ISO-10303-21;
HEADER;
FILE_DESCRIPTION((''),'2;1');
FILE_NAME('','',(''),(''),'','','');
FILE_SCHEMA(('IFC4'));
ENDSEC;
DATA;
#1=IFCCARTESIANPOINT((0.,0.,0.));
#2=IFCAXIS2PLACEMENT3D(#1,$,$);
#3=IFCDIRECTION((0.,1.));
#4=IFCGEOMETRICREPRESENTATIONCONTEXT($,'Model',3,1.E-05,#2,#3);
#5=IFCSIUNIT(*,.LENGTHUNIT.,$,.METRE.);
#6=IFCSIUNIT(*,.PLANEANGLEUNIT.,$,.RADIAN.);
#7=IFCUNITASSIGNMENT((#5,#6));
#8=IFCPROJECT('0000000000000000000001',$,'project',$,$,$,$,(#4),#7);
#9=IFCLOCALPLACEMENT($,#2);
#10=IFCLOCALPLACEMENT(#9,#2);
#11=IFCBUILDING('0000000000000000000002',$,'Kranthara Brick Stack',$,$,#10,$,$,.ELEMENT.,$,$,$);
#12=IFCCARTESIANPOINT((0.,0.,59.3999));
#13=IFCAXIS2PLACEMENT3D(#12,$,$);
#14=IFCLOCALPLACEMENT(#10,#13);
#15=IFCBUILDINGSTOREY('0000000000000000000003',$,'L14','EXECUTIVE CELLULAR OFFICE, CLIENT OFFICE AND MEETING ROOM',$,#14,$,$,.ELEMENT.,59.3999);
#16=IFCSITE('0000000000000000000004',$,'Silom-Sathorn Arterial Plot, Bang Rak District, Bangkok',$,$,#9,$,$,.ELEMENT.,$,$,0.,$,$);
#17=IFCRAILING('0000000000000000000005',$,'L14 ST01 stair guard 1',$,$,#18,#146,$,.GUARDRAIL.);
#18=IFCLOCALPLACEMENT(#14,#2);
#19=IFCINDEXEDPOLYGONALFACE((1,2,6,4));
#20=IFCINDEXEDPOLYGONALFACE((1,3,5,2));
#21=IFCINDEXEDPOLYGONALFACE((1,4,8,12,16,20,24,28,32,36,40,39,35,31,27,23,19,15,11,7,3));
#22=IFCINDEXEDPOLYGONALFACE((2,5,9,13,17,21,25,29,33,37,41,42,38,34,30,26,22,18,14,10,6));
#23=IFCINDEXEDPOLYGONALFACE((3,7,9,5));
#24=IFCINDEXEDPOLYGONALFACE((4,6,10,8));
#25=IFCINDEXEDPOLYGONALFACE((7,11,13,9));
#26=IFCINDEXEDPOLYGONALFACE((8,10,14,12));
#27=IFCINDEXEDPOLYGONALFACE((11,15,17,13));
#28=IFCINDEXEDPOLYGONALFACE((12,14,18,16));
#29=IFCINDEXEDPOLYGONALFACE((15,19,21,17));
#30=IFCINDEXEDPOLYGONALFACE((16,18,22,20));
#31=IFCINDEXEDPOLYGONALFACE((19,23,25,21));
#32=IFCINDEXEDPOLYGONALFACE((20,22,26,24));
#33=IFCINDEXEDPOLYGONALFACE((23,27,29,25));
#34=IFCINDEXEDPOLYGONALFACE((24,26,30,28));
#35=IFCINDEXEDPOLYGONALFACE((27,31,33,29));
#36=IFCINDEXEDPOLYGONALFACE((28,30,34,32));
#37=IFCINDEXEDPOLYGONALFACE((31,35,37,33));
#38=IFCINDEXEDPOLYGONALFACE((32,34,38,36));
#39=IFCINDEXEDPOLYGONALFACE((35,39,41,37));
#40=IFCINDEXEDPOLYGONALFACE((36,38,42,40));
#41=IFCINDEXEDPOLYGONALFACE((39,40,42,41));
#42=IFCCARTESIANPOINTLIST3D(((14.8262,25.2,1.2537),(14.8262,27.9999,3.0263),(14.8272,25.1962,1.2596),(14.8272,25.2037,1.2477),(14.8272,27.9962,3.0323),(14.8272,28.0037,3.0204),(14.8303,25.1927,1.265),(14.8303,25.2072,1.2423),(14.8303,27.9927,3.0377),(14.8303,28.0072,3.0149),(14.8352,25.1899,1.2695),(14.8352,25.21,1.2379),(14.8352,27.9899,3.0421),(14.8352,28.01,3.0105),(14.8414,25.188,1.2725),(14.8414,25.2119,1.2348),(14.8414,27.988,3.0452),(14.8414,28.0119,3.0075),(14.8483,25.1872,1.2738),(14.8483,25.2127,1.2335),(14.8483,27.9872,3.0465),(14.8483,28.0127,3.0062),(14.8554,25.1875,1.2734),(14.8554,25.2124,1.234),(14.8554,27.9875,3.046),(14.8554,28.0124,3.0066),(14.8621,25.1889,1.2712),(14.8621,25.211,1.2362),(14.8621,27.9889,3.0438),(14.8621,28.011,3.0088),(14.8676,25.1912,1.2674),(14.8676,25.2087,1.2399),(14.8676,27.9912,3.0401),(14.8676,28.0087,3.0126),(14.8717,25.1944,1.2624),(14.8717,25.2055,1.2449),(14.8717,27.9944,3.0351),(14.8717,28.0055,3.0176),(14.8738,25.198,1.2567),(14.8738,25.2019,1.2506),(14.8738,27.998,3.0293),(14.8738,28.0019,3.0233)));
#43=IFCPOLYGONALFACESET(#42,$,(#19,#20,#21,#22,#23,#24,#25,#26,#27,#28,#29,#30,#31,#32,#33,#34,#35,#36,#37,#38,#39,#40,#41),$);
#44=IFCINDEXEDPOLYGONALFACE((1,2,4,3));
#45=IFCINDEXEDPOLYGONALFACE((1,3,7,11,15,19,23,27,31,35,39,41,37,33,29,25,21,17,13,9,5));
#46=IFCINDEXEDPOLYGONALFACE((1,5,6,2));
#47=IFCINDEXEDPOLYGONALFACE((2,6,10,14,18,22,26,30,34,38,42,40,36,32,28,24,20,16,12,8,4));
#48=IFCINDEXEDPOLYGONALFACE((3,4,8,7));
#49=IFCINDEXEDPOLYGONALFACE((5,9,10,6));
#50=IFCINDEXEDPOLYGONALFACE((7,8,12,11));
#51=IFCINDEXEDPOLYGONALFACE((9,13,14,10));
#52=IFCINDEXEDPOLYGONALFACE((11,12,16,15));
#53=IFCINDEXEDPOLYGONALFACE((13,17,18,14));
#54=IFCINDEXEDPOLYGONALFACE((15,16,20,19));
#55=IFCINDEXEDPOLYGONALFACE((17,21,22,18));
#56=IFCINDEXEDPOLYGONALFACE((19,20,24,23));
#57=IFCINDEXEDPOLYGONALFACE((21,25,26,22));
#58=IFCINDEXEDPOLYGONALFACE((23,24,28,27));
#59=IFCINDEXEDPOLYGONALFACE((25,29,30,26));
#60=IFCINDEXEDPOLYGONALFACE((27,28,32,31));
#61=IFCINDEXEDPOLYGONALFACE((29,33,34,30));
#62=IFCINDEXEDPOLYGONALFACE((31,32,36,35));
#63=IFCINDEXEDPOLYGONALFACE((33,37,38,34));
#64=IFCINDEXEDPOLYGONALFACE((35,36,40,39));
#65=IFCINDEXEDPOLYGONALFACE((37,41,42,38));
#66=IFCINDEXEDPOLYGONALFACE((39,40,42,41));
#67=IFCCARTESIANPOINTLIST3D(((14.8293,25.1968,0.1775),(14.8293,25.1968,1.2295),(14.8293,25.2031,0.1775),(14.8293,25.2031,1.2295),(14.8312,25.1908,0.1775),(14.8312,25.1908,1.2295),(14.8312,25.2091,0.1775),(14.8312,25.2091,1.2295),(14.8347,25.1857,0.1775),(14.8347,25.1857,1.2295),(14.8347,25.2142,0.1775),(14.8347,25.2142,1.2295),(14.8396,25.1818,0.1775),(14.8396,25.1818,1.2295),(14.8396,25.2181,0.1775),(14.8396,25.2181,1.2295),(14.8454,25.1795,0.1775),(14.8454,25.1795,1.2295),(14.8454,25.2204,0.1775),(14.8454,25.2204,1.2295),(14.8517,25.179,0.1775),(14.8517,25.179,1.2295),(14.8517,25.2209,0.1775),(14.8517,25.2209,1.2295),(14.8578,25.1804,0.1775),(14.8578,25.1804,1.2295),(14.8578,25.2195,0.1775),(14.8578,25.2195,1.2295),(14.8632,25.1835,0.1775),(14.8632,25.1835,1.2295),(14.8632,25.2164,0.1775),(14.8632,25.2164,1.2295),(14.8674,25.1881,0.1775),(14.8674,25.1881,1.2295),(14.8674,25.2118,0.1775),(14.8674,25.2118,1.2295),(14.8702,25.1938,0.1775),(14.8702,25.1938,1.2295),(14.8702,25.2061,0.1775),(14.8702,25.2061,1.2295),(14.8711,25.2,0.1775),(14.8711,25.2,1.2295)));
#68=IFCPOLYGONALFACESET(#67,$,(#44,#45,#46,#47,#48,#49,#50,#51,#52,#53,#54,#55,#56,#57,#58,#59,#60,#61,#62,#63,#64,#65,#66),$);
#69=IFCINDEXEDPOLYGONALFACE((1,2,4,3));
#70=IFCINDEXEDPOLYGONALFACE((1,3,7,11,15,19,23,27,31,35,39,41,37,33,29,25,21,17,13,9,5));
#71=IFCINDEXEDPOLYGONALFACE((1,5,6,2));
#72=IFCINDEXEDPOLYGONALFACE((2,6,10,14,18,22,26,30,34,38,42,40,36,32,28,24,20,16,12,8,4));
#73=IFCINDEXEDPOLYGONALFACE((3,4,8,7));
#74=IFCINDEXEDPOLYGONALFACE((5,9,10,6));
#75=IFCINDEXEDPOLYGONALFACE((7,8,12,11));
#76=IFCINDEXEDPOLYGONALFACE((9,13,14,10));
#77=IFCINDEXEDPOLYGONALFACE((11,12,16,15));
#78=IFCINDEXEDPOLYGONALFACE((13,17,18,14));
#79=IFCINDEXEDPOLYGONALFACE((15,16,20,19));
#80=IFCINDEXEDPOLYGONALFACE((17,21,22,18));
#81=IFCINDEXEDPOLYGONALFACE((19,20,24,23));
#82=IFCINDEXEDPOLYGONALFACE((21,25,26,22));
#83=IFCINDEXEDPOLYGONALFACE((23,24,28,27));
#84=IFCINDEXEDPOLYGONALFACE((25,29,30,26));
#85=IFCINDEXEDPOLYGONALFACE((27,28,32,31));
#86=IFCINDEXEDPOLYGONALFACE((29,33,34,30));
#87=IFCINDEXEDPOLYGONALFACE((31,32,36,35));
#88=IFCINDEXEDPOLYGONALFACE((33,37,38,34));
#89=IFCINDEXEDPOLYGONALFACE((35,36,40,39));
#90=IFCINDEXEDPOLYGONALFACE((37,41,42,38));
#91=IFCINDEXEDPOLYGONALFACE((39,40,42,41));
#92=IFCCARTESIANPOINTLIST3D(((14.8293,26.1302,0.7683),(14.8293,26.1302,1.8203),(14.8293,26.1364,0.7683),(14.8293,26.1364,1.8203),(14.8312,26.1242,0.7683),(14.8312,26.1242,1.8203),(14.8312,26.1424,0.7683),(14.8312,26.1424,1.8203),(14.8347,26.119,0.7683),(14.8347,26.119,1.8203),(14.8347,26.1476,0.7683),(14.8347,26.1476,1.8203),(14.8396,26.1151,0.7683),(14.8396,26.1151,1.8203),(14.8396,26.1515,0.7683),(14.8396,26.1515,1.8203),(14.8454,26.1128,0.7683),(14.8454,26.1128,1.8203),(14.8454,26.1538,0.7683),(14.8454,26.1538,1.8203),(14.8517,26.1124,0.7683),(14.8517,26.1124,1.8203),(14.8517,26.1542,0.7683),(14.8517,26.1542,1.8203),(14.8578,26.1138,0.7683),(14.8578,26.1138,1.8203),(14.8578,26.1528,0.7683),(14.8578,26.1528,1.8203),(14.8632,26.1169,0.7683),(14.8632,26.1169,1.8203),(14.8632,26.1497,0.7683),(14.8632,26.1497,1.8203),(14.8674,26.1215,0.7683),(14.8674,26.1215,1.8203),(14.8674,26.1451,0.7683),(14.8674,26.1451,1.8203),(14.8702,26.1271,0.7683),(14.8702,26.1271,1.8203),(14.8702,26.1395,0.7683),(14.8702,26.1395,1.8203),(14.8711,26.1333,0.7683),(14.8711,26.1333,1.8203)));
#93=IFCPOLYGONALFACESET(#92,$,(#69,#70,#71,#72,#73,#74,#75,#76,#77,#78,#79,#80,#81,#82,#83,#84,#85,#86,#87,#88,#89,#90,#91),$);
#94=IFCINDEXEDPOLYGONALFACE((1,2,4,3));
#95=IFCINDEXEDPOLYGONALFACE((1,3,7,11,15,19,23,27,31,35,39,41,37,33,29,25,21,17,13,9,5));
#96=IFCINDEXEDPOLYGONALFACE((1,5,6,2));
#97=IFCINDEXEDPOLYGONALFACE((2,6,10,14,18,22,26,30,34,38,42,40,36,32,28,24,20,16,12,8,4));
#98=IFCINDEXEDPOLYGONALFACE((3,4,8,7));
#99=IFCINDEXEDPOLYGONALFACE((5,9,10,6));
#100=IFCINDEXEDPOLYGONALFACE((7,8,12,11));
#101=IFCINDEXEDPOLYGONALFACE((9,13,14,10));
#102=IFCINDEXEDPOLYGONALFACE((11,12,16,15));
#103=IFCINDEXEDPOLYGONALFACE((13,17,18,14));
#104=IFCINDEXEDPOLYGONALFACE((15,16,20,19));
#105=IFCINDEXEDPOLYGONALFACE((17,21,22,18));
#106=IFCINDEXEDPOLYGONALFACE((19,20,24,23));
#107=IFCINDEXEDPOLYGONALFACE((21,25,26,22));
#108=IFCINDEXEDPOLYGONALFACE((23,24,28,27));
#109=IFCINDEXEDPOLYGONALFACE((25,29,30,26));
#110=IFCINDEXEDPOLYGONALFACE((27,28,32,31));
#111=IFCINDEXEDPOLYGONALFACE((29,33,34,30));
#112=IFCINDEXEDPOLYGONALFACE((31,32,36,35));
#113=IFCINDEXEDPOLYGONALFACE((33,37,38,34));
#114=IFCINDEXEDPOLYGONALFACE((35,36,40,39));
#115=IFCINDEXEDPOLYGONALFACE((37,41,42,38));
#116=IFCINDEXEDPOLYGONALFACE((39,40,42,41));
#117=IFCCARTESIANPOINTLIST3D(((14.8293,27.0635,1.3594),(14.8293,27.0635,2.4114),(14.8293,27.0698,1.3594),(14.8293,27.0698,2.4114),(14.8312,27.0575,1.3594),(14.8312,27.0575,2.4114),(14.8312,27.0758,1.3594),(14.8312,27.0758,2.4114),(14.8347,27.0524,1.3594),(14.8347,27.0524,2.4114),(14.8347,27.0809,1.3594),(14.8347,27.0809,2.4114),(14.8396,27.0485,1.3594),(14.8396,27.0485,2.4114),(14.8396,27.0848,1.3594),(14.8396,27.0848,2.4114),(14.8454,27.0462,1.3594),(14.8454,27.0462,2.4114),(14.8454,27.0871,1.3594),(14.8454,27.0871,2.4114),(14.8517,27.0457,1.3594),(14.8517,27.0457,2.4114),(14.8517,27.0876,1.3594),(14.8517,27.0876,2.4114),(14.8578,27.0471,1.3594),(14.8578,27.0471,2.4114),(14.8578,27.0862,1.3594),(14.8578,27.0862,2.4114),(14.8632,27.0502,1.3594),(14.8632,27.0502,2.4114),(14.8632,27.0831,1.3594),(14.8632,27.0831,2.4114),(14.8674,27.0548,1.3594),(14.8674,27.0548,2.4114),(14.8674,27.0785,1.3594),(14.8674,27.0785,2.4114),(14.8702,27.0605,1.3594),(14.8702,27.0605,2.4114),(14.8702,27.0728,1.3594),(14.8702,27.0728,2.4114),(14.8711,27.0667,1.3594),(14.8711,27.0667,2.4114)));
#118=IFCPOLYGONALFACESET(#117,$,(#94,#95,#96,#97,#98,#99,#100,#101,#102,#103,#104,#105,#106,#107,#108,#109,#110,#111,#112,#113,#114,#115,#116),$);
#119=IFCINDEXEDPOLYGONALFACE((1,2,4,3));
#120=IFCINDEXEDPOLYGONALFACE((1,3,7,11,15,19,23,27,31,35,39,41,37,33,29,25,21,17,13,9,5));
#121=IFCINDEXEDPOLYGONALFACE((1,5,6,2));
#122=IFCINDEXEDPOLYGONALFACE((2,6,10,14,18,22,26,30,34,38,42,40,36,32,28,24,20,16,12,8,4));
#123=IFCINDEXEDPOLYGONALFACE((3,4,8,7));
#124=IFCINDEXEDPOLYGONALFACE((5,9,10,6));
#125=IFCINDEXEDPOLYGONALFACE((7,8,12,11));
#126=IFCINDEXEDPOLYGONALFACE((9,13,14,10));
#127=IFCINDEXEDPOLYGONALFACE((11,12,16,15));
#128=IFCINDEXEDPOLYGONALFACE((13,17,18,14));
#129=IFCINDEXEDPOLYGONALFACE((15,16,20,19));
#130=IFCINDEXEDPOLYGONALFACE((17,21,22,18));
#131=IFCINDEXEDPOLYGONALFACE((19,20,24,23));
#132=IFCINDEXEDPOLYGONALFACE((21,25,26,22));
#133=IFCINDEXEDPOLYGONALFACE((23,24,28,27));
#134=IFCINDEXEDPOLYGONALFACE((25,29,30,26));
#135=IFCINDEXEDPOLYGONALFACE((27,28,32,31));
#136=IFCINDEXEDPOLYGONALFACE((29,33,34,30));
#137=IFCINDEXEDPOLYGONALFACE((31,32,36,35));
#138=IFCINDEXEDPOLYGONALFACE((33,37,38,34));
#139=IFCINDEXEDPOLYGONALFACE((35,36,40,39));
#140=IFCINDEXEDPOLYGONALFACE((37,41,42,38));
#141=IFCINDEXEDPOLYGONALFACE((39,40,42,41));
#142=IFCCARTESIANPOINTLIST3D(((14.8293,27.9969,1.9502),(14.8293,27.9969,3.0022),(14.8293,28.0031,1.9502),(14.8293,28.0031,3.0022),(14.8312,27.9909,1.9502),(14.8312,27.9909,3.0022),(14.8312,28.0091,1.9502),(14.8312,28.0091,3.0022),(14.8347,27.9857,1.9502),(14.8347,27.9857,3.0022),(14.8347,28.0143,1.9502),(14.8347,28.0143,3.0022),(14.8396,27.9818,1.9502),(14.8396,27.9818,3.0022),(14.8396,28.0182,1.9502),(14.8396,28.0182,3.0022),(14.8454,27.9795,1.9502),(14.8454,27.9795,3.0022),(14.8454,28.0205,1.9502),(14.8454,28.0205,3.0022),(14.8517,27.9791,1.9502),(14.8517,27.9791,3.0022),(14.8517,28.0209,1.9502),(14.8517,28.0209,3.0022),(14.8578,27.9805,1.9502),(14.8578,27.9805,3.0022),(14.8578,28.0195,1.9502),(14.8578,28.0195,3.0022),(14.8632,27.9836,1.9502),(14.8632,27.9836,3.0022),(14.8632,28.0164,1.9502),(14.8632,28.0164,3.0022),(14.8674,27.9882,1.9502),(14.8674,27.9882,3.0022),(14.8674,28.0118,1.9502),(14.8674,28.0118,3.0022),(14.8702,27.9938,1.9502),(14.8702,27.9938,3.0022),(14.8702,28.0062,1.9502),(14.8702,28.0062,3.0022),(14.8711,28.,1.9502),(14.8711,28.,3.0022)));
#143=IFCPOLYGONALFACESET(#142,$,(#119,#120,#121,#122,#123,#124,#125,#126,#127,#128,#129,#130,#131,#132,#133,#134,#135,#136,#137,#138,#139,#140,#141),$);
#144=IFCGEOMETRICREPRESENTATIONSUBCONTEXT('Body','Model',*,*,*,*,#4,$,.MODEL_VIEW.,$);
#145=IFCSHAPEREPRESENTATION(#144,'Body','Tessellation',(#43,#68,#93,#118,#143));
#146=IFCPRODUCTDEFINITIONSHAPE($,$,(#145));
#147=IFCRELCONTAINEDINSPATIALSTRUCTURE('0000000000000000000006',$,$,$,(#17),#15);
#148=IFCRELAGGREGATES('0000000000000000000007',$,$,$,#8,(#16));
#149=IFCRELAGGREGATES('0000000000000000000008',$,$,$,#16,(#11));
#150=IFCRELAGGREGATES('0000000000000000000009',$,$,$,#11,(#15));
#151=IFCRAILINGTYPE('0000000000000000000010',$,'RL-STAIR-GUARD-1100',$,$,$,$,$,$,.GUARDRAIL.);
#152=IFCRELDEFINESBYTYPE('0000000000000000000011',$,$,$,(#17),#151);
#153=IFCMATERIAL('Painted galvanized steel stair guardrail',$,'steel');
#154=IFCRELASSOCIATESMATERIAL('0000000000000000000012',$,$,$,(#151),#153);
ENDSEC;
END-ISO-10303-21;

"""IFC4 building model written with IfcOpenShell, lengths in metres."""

from ifc_helpers import new_model, si_unit, direction, frame, origin, origin_2d, place, context, subcontext, project, spatial, circle, extrude, material, type_object, element, save


model = new_model("IFC4")

# Units and contexts
model_context = context("Model", 3, precision=1e-05, world=origin(), true_north=direction((0.0, 1.0)))
body_context = subcontext(model_context, "Body", "Model", "MODEL_VIEW")
ifc_project = project(units=[si_unit("LENGTHUNIT", "METRE"), si_unit("PLANEANGLEUNIT", "RADIAN")], contexts=[model_context])

# Site, building, storey
site_placement = place(None, origin())
site = spatial("IfcSite", under=ifc_project, at=site_placement, Name="Silom-Sathorn Arterial Plot, Bang Rak District, Bangkok", CompositionType="ELEMENT", RefElevation=0.0)
building_placement = place(site_placement, origin())
building = spatial("IfcBuilding", under=site, at=building_placement, Name="Kranthara Brick Stack", CompositionType="ELEMENT")
storey_placement = place(building_placement, frame((0.0, 0.0, 59.3999)))
storey = spatial("IfcBuildingStorey", under=building, at=storey_placement, Name="L14", Description="EXECUTIVE CELLULAR OFFICE, CLIENT OFFICE AND MEETING ROOM", CompositionType="ELEMENT", Elevation=59.3999)

# Railing
ifc_material_1 = material(Name="Painted galvanized steel stair guardrail", Category="steel")
railing_type_1 = type_object("IfcRailingType", Name="RL-STAIR-GUARD-1100", PredefinedType="GUARDRAIL", material=ifc_material_1)
railing_1_placement = place(storey_placement, frame((14.8501, 25.2, 0.1775)))
element("IfcRailing", 1, at=railing_1_placement, inside=storey, type_object=railing_type_1, Name="L14 ST01 stair guard 1", PredefinedType="GUARDRAIL", context=body_context, shape_type="SweptSolid", body=[
    extrude(circle(Radius=0.0239, at=origin_2d()), frame((0.0, 0.0, 1.0762), z_axis=(0.0, 0.844909, 0.53491), x_axis=(-1.0, 0.0, 0.0)), (0.0, 0.0, 1.0), 3.314),
    extrude(circle(Radius=0.021, at=origin_2d()), origin(), (0.0, 0.0, 1.0), 1.052),
    extrude(circle(Radius=0.021, at=origin_2d()), frame((0.0, 0.9333, 0.5908)), (0.0, 0.0, 1.0), 1.052),
    extrude(circle(Radius=0.021, at=origin_2d()), frame((0.0, 1.8667, 1.1819)), (0.0, 0.0, 1.0), 1.052),
    extrude(circle(Radius=0.021, at=origin_2d()), frame((0.0, 2.8, 1.7727)), (0.0, 0.0, 1.0), 1.052),
])

save(model, "model.ifc")
